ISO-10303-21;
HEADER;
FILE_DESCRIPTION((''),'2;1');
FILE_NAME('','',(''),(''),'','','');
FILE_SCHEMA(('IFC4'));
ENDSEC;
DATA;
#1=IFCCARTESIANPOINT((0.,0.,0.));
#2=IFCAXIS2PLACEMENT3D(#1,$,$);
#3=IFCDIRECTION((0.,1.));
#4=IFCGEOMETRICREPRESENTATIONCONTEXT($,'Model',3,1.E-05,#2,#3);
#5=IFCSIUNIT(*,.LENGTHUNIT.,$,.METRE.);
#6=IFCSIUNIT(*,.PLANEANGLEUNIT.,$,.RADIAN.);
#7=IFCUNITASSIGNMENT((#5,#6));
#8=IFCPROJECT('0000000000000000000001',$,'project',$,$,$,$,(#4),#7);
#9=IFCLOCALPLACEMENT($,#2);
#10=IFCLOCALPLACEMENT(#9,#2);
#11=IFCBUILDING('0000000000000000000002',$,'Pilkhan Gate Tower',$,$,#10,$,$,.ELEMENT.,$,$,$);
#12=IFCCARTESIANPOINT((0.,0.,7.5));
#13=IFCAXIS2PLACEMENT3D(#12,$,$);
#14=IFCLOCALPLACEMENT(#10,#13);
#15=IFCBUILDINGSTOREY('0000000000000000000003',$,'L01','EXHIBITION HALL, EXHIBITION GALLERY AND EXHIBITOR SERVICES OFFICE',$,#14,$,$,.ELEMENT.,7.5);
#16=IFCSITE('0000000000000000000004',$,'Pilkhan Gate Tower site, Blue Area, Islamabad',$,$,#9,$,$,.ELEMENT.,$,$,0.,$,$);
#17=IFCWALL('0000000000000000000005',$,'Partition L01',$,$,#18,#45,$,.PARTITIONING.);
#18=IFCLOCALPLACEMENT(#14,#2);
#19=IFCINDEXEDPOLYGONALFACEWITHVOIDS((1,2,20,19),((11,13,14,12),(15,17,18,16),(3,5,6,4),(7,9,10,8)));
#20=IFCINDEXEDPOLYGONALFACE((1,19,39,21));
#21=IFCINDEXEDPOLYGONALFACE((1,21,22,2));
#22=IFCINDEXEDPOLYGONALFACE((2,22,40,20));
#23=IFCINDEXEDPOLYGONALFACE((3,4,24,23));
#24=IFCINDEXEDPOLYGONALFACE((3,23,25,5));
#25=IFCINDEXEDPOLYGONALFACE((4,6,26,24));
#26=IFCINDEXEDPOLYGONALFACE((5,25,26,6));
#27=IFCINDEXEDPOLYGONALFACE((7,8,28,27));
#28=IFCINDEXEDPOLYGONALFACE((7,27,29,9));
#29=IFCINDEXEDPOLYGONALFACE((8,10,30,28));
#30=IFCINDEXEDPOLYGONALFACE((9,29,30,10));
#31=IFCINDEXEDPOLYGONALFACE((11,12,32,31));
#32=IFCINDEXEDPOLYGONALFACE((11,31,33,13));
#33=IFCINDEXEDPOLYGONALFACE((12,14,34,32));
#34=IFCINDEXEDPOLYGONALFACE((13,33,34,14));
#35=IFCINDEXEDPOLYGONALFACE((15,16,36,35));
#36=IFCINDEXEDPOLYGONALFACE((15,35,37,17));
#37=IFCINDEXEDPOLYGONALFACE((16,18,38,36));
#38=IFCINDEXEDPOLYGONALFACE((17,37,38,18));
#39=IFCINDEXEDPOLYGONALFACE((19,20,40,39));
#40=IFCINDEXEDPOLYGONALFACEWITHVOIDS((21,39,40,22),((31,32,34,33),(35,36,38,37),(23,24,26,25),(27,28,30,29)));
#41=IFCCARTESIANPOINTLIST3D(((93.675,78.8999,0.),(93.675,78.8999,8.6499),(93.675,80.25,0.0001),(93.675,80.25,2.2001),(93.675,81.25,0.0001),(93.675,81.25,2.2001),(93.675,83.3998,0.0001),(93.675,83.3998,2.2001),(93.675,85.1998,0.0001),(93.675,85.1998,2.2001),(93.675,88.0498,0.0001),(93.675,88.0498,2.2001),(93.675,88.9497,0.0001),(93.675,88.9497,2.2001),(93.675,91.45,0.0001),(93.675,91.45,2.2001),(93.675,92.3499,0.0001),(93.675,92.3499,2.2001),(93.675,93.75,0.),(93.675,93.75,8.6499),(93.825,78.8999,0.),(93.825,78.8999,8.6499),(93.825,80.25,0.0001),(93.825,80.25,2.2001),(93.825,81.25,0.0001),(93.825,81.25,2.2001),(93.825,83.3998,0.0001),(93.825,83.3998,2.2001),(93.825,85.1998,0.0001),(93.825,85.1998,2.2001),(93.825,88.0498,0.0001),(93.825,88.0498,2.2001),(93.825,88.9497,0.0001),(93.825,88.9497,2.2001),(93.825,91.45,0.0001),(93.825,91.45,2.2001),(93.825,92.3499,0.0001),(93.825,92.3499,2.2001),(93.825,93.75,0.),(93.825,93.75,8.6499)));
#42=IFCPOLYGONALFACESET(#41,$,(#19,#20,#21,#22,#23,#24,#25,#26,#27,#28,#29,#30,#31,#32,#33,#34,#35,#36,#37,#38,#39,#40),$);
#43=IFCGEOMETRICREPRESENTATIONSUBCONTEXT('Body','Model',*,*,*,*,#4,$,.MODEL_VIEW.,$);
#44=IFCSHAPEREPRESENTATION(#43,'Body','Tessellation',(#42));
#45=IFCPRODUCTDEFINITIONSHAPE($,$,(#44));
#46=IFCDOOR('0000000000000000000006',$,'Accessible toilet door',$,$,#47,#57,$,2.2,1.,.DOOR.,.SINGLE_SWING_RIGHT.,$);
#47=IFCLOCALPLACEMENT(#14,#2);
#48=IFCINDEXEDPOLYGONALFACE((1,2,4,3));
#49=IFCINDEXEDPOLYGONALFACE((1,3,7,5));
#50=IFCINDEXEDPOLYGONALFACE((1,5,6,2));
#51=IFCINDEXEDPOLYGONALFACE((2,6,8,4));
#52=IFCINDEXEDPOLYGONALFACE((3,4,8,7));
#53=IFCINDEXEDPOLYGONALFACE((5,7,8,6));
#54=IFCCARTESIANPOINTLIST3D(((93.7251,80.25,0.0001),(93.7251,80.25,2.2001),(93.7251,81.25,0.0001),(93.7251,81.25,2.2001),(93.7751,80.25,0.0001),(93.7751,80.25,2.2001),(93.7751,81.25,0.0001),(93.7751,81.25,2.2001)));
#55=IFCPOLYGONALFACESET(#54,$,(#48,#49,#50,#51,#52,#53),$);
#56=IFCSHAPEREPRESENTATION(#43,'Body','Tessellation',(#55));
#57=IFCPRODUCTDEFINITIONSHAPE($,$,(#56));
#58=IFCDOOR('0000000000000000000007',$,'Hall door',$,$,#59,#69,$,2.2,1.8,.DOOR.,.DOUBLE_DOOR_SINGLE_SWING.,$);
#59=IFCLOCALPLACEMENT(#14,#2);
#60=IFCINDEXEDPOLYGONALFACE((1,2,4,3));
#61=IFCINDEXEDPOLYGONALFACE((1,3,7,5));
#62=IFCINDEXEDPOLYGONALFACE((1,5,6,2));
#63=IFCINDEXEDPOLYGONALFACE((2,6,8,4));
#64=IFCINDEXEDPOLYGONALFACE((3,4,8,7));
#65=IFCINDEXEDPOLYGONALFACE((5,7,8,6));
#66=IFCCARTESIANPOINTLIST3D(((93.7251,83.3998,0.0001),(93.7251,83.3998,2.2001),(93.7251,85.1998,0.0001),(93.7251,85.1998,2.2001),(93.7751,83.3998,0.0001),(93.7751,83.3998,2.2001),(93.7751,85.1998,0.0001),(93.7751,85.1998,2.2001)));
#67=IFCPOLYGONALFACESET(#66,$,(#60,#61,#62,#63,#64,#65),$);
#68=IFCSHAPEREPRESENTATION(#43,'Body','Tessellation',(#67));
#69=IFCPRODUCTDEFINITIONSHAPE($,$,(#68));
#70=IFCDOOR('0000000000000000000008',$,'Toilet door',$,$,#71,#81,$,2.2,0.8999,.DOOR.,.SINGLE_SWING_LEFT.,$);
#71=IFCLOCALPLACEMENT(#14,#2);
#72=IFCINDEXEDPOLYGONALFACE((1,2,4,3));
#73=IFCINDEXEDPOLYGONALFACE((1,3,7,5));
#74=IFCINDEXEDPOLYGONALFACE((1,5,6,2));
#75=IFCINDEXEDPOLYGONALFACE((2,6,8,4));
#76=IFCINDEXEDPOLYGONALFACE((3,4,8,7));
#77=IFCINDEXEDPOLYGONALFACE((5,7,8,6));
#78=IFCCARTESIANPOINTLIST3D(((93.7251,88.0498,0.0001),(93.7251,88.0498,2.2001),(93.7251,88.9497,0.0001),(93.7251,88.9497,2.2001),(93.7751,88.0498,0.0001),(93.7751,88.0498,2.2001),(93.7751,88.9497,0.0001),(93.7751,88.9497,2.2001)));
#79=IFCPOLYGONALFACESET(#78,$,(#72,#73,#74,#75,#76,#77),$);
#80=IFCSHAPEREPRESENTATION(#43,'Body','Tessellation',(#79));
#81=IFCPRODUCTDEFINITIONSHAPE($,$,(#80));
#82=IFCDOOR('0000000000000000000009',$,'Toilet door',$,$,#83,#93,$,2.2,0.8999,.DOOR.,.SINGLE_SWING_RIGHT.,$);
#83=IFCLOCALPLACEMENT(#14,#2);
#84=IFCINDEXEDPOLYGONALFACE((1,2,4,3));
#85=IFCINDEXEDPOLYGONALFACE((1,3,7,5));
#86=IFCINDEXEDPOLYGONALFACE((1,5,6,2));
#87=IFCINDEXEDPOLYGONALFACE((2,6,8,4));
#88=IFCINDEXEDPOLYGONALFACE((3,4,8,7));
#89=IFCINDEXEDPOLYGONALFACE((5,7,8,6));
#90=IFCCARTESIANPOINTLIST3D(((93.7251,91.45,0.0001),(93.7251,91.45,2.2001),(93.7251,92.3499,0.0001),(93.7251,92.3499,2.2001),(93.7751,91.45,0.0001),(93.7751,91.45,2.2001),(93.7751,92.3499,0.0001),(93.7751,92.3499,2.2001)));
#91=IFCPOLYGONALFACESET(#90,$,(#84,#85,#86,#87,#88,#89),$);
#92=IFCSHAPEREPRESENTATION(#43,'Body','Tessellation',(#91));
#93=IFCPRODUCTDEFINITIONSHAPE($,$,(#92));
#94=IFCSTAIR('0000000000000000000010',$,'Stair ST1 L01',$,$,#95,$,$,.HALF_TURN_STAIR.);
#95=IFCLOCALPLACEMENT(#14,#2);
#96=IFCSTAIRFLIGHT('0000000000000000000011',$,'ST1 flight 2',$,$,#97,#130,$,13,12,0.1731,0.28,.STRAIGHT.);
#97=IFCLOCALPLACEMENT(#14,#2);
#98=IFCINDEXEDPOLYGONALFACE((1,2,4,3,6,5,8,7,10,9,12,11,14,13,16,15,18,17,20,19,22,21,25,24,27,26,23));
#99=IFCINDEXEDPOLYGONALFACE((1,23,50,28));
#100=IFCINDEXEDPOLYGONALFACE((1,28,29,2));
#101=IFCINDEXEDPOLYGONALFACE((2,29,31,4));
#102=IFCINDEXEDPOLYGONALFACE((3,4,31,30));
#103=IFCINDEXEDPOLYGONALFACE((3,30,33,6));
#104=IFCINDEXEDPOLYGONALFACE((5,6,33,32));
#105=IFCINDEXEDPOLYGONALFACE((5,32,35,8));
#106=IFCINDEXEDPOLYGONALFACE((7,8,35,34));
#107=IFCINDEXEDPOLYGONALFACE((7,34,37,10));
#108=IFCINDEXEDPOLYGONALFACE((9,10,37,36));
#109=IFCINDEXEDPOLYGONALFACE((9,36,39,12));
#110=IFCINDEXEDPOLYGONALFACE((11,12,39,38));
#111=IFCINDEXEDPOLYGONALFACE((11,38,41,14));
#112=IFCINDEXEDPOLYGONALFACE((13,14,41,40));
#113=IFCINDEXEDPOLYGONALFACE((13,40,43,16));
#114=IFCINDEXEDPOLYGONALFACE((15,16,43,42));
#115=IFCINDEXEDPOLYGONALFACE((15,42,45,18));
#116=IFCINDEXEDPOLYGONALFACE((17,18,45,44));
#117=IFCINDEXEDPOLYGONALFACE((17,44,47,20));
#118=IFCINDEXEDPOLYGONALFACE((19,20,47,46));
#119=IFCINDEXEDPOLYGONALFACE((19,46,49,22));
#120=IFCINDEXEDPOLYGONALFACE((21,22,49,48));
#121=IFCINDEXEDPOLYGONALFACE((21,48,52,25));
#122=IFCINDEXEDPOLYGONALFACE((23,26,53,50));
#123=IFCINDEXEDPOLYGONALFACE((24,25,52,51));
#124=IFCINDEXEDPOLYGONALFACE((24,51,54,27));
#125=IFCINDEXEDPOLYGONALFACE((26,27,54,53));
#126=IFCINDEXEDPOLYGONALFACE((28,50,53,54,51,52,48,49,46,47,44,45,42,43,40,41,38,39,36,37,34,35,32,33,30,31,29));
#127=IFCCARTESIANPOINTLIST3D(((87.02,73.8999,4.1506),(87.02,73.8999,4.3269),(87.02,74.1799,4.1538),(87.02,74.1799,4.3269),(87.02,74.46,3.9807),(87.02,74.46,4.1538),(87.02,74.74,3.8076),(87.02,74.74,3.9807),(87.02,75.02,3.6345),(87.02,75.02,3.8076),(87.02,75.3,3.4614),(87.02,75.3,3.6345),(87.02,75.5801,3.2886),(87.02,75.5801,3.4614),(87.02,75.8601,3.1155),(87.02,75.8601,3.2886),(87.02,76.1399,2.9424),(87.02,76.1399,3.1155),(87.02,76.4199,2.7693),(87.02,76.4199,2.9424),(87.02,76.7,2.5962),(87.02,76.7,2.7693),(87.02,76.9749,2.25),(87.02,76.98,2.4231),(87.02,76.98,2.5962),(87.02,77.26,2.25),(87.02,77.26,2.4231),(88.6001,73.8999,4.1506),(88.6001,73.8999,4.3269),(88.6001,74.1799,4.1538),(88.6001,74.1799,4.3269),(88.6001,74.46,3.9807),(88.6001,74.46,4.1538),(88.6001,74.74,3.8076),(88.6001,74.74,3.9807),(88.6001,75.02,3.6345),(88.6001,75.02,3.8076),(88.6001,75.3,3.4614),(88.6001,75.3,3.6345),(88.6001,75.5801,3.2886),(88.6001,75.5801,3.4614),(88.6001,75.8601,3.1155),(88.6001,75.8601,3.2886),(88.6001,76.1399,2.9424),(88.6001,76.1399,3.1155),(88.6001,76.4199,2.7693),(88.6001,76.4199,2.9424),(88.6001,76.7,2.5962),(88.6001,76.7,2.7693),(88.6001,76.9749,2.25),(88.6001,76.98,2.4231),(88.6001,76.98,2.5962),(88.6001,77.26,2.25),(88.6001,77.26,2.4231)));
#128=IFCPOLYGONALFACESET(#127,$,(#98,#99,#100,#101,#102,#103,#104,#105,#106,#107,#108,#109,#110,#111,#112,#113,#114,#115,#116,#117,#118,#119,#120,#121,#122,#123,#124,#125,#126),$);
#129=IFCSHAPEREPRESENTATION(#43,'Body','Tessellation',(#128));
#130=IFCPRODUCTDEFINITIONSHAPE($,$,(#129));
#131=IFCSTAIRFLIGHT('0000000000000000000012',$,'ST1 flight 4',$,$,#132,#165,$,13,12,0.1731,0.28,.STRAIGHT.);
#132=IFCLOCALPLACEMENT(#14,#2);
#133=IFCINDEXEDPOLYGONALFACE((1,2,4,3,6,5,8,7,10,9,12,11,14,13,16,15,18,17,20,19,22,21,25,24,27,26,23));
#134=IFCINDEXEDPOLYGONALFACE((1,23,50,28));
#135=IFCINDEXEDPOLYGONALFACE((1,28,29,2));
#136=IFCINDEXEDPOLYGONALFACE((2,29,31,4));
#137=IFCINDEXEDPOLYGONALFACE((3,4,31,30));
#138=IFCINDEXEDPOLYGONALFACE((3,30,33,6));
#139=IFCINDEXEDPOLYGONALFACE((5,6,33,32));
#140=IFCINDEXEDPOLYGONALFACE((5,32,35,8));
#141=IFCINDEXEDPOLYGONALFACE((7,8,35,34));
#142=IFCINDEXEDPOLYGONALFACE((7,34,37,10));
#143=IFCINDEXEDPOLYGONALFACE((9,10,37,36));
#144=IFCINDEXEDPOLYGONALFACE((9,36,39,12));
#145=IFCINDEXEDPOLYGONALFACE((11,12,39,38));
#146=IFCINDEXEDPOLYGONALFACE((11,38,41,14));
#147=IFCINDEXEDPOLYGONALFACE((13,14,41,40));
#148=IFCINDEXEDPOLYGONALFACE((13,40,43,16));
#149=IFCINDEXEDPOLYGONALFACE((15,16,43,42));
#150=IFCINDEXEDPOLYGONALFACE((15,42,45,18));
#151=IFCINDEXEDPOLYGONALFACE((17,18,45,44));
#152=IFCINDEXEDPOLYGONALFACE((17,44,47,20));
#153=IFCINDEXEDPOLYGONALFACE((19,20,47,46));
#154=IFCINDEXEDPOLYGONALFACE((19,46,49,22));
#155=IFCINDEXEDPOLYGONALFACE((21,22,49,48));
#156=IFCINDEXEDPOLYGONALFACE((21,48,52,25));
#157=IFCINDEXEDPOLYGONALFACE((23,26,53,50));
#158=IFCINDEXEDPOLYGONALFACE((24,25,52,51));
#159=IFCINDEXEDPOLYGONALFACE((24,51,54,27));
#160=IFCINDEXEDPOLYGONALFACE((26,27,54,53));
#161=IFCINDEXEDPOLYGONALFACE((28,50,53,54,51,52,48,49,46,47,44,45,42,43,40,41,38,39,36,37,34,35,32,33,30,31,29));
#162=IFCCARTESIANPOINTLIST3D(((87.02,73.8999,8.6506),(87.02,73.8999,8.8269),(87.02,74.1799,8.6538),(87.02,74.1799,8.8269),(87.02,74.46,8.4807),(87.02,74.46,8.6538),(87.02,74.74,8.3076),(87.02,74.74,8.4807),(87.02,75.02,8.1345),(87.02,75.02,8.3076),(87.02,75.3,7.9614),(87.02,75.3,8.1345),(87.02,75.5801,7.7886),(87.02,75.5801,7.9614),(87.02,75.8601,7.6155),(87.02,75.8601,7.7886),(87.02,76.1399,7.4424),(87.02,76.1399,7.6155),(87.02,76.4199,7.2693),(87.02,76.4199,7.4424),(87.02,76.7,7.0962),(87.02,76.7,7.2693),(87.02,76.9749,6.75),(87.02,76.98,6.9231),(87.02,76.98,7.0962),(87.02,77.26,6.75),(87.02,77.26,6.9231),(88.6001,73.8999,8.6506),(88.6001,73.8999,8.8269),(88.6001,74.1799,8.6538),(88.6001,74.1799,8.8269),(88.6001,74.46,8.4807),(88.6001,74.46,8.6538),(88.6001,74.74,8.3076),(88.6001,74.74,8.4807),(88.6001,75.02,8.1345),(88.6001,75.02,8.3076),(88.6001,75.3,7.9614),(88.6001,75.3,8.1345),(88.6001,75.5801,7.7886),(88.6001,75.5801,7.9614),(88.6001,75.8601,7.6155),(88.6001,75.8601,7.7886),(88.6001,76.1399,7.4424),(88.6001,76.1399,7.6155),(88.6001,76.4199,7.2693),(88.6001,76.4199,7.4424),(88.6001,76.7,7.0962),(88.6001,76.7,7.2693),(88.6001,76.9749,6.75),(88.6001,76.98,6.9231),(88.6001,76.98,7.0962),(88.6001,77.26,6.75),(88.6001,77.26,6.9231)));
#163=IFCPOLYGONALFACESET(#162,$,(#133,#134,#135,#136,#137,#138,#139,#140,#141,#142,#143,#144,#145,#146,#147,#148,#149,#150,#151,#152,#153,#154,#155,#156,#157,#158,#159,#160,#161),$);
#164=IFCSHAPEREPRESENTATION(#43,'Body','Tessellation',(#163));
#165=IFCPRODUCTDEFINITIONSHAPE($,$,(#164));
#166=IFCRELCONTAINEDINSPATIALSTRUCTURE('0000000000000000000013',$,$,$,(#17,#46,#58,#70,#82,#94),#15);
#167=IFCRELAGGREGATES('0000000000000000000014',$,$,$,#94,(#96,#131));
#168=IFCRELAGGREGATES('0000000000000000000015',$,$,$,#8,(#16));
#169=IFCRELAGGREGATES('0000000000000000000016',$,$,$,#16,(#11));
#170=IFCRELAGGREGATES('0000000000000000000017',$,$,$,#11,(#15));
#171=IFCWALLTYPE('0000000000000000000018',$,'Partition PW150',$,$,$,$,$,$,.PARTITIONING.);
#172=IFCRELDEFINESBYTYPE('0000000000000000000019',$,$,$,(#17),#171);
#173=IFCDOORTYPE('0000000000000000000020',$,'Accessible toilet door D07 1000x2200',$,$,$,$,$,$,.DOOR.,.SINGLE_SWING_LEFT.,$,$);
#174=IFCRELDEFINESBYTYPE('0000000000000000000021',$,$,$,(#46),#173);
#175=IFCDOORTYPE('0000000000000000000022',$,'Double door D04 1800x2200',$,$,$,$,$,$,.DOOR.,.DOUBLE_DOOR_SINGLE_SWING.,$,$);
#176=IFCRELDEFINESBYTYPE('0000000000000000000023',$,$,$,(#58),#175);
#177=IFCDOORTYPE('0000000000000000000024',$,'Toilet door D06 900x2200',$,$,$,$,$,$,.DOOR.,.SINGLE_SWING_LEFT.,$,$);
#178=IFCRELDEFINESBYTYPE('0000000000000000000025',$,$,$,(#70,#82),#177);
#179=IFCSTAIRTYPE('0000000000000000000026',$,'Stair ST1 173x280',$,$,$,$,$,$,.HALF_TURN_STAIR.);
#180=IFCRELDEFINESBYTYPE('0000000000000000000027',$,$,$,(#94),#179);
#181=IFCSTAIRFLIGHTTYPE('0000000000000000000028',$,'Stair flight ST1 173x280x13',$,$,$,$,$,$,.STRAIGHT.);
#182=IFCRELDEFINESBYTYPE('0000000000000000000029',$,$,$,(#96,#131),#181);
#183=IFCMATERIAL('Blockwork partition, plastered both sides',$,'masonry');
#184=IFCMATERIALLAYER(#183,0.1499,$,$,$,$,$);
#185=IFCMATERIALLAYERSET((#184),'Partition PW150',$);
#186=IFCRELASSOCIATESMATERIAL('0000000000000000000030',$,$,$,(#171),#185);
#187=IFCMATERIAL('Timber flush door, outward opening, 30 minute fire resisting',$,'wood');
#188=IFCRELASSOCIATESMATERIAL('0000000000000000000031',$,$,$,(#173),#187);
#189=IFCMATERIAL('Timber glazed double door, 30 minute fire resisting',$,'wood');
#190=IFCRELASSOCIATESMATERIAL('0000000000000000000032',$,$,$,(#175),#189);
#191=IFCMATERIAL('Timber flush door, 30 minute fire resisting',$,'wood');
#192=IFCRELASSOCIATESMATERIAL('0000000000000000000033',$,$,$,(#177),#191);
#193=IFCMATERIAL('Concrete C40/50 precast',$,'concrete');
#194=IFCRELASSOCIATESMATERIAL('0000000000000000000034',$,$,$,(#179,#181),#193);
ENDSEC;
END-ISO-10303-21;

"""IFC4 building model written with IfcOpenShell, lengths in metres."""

from ifc_helpers import new_model, si_unit, direction, frame, frame_2d, origin, place, context, subcontext, project, spatial, polyline, rectangle, outline, extrude, material, layer, layer_set, type_object, element, fill, aggregate, save


model = new_model("IFC4")

# Units and contexts
model_context = context("Model", 3, precision=1e-05, world=origin(), true_north=direction((0.0, 1.0)))
body_context = subcontext(model_context, "Body", "Model", "MODEL_VIEW")
ifc_project = project(units=[si_unit("LENGTHUNIT", "METRE"), si_unit("PLANEANGLEUNIT", "RADIAN")], contexts=[model_context])

# Site, building, storey
site_placement = place(None, origin())
site = spatial("IfcSite", under=ifc_project, at=site_placement, Name="Pilkhan Gate Tower site, Blue Area, Islamabad", CompositionType="ELEMENT", RefElevation=0.0)
building_placement = place(site_placement, origin())
building = spatial("IfcBuilding", under=site, at=building_placement, Name="Pilkhan Gate Tower", CompositionType="ELEMENT")
storey_placement = place(building_placement, frame((0.0, 0.0, 7.5)))
storey = spatial("IfcBuildingStorey", under=building, at=storey_placement, Name="L01", Description="EXHIBITION HALL, EXHIBITION GALLERY AND EXHIBITOR SERVICES OFFICE", CompositionType="ELEMENT", Elevation=7.5)

# Wall, openings, doors
ifc_material_1 = material(Name="Blockwork partition, plastered both sides", Category="masonry")
ifc_layer = layer(ifc_material_1, 0.1499)
ifc_layer_set = layer_set([ifc_layer], Name="Partition PW150")
wall_type = type_object("IfcWallType", Name="Partition PW150", PredefinedType="PARTITIONING", material=ifc_layer_set)
wall_placement = place(storey_placement, frame((93.75, 78.8999, 0.0), z_axis=(0.0, 0.0, 1.0), x_axis=(0.0, 1.0, 0.0)))
wall = element("IfcWall", 1, at=wall_placement, inside=storey, type_object=wall_type, Name="Partition L01", PredefinedType="PARTITIONING", context=body_context, shape_type="SweptSolid", body=[
    extrude(rectangle(XDim=14.8501, YDim=0.1499, at=frame_2d((7.425, 0.0))), origin(), (0.0, 0.0, 1.0), 8.6499),
])
opening_1_placement = place(wall_placement, frame((4.5, 0.0, 0.0)))
opening_1 = element("IfcOpeningElement", 2, at=opening_1_placement, cuts=wall, PredefinedType="OPENING", context=body_context, shape_type="SweptSolid", body=[
    extrude(rectangle(XDim=1.8, YDim=2.2, at=frame_2d((0.8999, 1.1001))), frame((0.0, 0.085, 0.0), z_axis=(0.0, -1.0, 0.0), x_axis=(1.0, 0.0, 0.0)), (0.0, 0.0, 1.0), 0.1699),
])
opening_2_placement = place(wall_placement, frame((9.1499, 0.0, 0.0)))
opening_2 = element("IfcOpeningElement", 3, at=opening_2_placement, cuts=wall, PredefinedType="OPENING", context=body_context, shape_type="SweptSolid", body=[
    extrude(rectangle(XDim=0.8999, YDim=2.2, at=frame_2d((0.45, 1.1001))), frame((0.0, 0.085, 0.0), z_axis=(0.0, -1.0, 0.0), x_axis=(1.0, 0.0, 0.0)), (0.0, 0.0, 1.0), 0.1699),
])
opening_3_placement = place(wall_placement, frame((12.55, 0.0, 0.0)))
opening_3 = element("IfcOpeningElement", 4, at=opening_3_placement, cuts=wall, PredefinedType="OPENING", context=body_context, shape_type="SweptSolid", body=[
    extrude(rectangle(XDim=0.8999, YDim=2.2, at=frame_2d((0.45, 1.1001))), frame((0.0, 0.085, 0.0), z_axis=(0.0, -1.0, 0.0), x_axis=(1.0, 0.0, 0.0)), (0.0, 0.0, 1.0), 0.1699),
])
opening_4_placement = place(wall_placement, frame((1.3501, 0.0, 0.0)))
opening_4 = element("IfcOpeningElement", 5, at=opening_4_placement, cuts=wall, PredefinedType="OPENING", context=body_context, shape_type="SweptSolid", body=[
    extrude(rectangle(XDim=1.0, YDim=2.2, at=frame_2d((0.5, 1.1001))), frame((0.0, 0.085, 0.0), z_axis=(0.0, -1.0, 0.0), x_axis=(1.0, 0.0, 0.0)), (0.0, 0.0, 1.0), 0.1699),
])
ifc_material_2 = material(Name="Timber flush door, outward opening, 30 minute fire resisting", Category="wood")
door_type_1 = type_object("IfcDoorType", Name="Accessible toilet door D07 1000x2200", OperationType="SINGLE_SWING_LEFT", PredefinedType="DOOR", material=ifc_material_2)
door_1_placement = place(opening_4_placement, origin())
door_1 = element("IfcDoor", 6, at=door_1_placement, inside=storey, type_object=door_type_1, Name="Accessible toilet door", OperationType="SINGLE_SWING_RIGHT", OverallHeight=2.2, OverallWidth=1.0, PredefinedType="DOOR", context=body_context, shape_type="SweptSolid", body=[
    extrude(rectangle(XDim=1.0, YDim=2.2, at=frame_2d((0.5, 1.1001))), frame((0.0, 0.0249, 0.0), z_axis=(0.0, -1.0, 0.0), x_axis=(1.0, 0.0, 0.0)), (0.0, 0.0, 1.0), 0.05),
])
fill(opening_4, door_1)
ifc_material_3 = material(Name="Timber glazed double door, 30 minute fire resisting", Category="wood")
door_type_2 = type_object("IfcDoorType", Name="Double door D04 1800x2200", OperationType="DOUBLE_DOOR_SINGLE_SWING", PredefinedType="DOOR", material=ifc_material_3)
door_2_placement = place(opening_1_placement, origin())
door_2 = element("IfcDoor", 7, at=door_2_placement, inside=storey, type_object=door_type_2, Name="Hall door", OperationType="DOUBLE_DOOR_SINGLE_SWING", OverallHeight=2.2, OverallWidth=1.8, PredefinedType="DOOR", context=body_context, shape_type="SweptSolid", body=[
    extrude(rectangle(XDim=1.8, YDim=2.2, at=frame_2d((0.8999, 1.1001))), frame((0.0, 0.0249, 0.0), z_axis=(0.0, -1.0, 0.0), x_axis=(1.0, 0.0, 0.0)), (0.0, 0.0, 1.0), 0.05),
])
fill(opening_1, door_2)
ifc_material_4 = material(Name="Timber flush door, 30 minute fire resisting", Category="wood")
door_type_3 = type_object("IfcDoorType", Name="Toilet door D06 900x2200", OperationType="SINGLE_SWING_LEFT", PredefinedType="DOOR", material=ifc_material_4)
door_3_placement = place(opening_2_placement, origin())
door_3 = element("IfcDoor", 8, at=door_3_placement, inside=storey, type_object=door_type_3, Name="Toilet door", OperationType="SINGLE_SWING_LEFT", OverallHeight=2.2, OverallWidth=0.8999, PredefinedType="DOOR", context=body_context, shape_type="SweptSolid", body=[
    extrude(rectangle(XDim=0.8999, YDim=2.2, at=frame_2d((0.45, 1.1001))), frame((0.0, 0.0249, 0.0), z_axis=(0.0, -1.0, 0.0), x_axis=(1.0, 0.0, 0.0)), (0.0, 0.0, 1.0), 0.05),
])
fill(opening_2, door_3)
door_4_placement = place(opening_3_placement, origin())
door_4 = element("IfcDoor", 9, at=door_4_placement, inside=storey, type_object=door_type_3, Name="Toilet door", OperationType="SINGLE_SWING_RIGHT", OverallHeight=2.2, OverallWidth=0.8999, PredefinedType="DOOR", context=body_context, shape_type="SweptSolid", body=[
    extrude(rectangle(XDim=0.8999, YDim=2.2, at=frame_2d((0.45, 1.1001))), frame((0.0, 0.0249, 0.0), z_axis=(0.0, -1.0, 0.0), x_axis=(1.0, 0.0, 0.0)), (0.0, 0.0, 1.0), 0.05),
])
fill(opening_3, door_4)

# Stair, stair flights
ifc_material_5 = material(Name="Concrete C40/50 precast", Category="concrete")
stair_type = type_object("IfcStairType", Name="Stair ST1 173x280", PredefinedType="HALF_TURN_STAIR", material=ifc_material_5)
stair_placement = place(storey_placement, origin())
stair = element("IfcStair", 10, at=stair_placement, inside=storey, type_object=stair_type, Name="Stair ST1 L01", PredefinedType="HALF_TURN_STAIR")
stair_flight_type = type_object("IfcStairFlightType", Name="Stair flight ST1 173x280x13", PredefinedType="STRAIGHT", material=ifc_material_5)
stair_flight_1_placement = place(storey_placement, frame((87.8101, 77.26, 2.25), z_axis=(0.0, 0.0, 1.0), x_axis=(0.0, -1.0, 0.0)))
stair_flight_1 = element("IfcStairFlight", 11, at=stair_flight_1_placement, type_object=stair_flight_type, Name="ST1 flight 2", NumberOfRisers=13, NumberOfTreads=12, PredefinedType="STRAIGHT", RiserHeight=0.1731, TreadLength=0.28, context=body_context, shape_type="SweptSolid", body=[
    extrude(outline(polyline([(0.0, 0.0), (0.0, 0.1731), (0.28, 0.1731), (0.28, 0.3462), (0.5601, 0.3462), (0.5601, 0.5193), (0.8401, 0.5193), (0.8401, 0.6924), (1.1201, 0.6924), (1.1201, 0.8655), (1.3999, 0.8655), (1.3999, 1.0386), (1.6799, 1.0386), (1.6799, 1.2114), (1.96, 1.2114), (1.96, 1.3845), (2.24, 1.3845), (2.24, 1.5576), (2.52, 1.5576), (2.52, 1.7307), (2.8, 1.7307), (2.8, 1.9038), (3.0801, 1.9038), (3.0801, 2.0769), (3.3601, 2.0769), (3.3601, 2.25), (3.3601, 1.9006), (0.2852, 0.0), (0.0, 0.0)])), frame((0.0, 0.79, 0.0), z_axis=(0.0, -1.0, 0.0), x_axis=(1.0, 0.0, 0.0)), (0.0, 0.0, 1.0), 1.5801),
])
stair_flight_2_placement = place(storey_placement, frame((87.8101, 77.26, 6.75), z_axis=(0.0, 0.0, 1.0), x_axis=(0.0, -1.0, 0.0)))
stair_flight_2 = element("IfcStairFlight", 12, at=stair_flight_2_placement, type_object=stair_flight_type, Name="ST1 flight 4", NumberOfRisers=13, NumberOfTreads=12, PredefinedType="STRAIGHT", RiserHeight=0.1731, TreadLength=0.28, context=body_context, shape_type="SweptSolid", body=[
    extrude(outline(polyline([(0.0, 0.0), (0.0, 0.1731), (0.28, 0.1731), (0.28, 0.3462), (0.5601, 0.3462), (0.5601, 0.5193), (0.8401, 0.5193), (0.8401, 0.6924), (1.1201, 0.6924), (1.1201, 0.8655), (1.3999, 0.8655), (1.3999, 1.0386), (1.6799, 1.0386), (1.6799, 1.2114), (1.96, 1.2114), (1.96, 1.3845), (2.24, 1.3845), (2.24, 1.5576), (2.52, 1.5576), (2.52, 1.7307), (2.8, 1.7307), (2.8, 1.9038), (3.0801, 1.9038), (3.0801, 2.0769), (3.3601, 2.0769), (3.3601, 2.25), (3.3601, 1.9006), (0.2852, 0.0), (0.0, 0.0)])), frame((0.0, 0.79, 0.0), z_axis=(0.0, -1.0, 0.0), x_axis=(1.0, 0.0, 0.0)), (0.0, 0.0, 1.0), 1.5801),
])
aggregate(stair, [stair_flight_1, stair_flight_2])

save(model, "model.ifc")
